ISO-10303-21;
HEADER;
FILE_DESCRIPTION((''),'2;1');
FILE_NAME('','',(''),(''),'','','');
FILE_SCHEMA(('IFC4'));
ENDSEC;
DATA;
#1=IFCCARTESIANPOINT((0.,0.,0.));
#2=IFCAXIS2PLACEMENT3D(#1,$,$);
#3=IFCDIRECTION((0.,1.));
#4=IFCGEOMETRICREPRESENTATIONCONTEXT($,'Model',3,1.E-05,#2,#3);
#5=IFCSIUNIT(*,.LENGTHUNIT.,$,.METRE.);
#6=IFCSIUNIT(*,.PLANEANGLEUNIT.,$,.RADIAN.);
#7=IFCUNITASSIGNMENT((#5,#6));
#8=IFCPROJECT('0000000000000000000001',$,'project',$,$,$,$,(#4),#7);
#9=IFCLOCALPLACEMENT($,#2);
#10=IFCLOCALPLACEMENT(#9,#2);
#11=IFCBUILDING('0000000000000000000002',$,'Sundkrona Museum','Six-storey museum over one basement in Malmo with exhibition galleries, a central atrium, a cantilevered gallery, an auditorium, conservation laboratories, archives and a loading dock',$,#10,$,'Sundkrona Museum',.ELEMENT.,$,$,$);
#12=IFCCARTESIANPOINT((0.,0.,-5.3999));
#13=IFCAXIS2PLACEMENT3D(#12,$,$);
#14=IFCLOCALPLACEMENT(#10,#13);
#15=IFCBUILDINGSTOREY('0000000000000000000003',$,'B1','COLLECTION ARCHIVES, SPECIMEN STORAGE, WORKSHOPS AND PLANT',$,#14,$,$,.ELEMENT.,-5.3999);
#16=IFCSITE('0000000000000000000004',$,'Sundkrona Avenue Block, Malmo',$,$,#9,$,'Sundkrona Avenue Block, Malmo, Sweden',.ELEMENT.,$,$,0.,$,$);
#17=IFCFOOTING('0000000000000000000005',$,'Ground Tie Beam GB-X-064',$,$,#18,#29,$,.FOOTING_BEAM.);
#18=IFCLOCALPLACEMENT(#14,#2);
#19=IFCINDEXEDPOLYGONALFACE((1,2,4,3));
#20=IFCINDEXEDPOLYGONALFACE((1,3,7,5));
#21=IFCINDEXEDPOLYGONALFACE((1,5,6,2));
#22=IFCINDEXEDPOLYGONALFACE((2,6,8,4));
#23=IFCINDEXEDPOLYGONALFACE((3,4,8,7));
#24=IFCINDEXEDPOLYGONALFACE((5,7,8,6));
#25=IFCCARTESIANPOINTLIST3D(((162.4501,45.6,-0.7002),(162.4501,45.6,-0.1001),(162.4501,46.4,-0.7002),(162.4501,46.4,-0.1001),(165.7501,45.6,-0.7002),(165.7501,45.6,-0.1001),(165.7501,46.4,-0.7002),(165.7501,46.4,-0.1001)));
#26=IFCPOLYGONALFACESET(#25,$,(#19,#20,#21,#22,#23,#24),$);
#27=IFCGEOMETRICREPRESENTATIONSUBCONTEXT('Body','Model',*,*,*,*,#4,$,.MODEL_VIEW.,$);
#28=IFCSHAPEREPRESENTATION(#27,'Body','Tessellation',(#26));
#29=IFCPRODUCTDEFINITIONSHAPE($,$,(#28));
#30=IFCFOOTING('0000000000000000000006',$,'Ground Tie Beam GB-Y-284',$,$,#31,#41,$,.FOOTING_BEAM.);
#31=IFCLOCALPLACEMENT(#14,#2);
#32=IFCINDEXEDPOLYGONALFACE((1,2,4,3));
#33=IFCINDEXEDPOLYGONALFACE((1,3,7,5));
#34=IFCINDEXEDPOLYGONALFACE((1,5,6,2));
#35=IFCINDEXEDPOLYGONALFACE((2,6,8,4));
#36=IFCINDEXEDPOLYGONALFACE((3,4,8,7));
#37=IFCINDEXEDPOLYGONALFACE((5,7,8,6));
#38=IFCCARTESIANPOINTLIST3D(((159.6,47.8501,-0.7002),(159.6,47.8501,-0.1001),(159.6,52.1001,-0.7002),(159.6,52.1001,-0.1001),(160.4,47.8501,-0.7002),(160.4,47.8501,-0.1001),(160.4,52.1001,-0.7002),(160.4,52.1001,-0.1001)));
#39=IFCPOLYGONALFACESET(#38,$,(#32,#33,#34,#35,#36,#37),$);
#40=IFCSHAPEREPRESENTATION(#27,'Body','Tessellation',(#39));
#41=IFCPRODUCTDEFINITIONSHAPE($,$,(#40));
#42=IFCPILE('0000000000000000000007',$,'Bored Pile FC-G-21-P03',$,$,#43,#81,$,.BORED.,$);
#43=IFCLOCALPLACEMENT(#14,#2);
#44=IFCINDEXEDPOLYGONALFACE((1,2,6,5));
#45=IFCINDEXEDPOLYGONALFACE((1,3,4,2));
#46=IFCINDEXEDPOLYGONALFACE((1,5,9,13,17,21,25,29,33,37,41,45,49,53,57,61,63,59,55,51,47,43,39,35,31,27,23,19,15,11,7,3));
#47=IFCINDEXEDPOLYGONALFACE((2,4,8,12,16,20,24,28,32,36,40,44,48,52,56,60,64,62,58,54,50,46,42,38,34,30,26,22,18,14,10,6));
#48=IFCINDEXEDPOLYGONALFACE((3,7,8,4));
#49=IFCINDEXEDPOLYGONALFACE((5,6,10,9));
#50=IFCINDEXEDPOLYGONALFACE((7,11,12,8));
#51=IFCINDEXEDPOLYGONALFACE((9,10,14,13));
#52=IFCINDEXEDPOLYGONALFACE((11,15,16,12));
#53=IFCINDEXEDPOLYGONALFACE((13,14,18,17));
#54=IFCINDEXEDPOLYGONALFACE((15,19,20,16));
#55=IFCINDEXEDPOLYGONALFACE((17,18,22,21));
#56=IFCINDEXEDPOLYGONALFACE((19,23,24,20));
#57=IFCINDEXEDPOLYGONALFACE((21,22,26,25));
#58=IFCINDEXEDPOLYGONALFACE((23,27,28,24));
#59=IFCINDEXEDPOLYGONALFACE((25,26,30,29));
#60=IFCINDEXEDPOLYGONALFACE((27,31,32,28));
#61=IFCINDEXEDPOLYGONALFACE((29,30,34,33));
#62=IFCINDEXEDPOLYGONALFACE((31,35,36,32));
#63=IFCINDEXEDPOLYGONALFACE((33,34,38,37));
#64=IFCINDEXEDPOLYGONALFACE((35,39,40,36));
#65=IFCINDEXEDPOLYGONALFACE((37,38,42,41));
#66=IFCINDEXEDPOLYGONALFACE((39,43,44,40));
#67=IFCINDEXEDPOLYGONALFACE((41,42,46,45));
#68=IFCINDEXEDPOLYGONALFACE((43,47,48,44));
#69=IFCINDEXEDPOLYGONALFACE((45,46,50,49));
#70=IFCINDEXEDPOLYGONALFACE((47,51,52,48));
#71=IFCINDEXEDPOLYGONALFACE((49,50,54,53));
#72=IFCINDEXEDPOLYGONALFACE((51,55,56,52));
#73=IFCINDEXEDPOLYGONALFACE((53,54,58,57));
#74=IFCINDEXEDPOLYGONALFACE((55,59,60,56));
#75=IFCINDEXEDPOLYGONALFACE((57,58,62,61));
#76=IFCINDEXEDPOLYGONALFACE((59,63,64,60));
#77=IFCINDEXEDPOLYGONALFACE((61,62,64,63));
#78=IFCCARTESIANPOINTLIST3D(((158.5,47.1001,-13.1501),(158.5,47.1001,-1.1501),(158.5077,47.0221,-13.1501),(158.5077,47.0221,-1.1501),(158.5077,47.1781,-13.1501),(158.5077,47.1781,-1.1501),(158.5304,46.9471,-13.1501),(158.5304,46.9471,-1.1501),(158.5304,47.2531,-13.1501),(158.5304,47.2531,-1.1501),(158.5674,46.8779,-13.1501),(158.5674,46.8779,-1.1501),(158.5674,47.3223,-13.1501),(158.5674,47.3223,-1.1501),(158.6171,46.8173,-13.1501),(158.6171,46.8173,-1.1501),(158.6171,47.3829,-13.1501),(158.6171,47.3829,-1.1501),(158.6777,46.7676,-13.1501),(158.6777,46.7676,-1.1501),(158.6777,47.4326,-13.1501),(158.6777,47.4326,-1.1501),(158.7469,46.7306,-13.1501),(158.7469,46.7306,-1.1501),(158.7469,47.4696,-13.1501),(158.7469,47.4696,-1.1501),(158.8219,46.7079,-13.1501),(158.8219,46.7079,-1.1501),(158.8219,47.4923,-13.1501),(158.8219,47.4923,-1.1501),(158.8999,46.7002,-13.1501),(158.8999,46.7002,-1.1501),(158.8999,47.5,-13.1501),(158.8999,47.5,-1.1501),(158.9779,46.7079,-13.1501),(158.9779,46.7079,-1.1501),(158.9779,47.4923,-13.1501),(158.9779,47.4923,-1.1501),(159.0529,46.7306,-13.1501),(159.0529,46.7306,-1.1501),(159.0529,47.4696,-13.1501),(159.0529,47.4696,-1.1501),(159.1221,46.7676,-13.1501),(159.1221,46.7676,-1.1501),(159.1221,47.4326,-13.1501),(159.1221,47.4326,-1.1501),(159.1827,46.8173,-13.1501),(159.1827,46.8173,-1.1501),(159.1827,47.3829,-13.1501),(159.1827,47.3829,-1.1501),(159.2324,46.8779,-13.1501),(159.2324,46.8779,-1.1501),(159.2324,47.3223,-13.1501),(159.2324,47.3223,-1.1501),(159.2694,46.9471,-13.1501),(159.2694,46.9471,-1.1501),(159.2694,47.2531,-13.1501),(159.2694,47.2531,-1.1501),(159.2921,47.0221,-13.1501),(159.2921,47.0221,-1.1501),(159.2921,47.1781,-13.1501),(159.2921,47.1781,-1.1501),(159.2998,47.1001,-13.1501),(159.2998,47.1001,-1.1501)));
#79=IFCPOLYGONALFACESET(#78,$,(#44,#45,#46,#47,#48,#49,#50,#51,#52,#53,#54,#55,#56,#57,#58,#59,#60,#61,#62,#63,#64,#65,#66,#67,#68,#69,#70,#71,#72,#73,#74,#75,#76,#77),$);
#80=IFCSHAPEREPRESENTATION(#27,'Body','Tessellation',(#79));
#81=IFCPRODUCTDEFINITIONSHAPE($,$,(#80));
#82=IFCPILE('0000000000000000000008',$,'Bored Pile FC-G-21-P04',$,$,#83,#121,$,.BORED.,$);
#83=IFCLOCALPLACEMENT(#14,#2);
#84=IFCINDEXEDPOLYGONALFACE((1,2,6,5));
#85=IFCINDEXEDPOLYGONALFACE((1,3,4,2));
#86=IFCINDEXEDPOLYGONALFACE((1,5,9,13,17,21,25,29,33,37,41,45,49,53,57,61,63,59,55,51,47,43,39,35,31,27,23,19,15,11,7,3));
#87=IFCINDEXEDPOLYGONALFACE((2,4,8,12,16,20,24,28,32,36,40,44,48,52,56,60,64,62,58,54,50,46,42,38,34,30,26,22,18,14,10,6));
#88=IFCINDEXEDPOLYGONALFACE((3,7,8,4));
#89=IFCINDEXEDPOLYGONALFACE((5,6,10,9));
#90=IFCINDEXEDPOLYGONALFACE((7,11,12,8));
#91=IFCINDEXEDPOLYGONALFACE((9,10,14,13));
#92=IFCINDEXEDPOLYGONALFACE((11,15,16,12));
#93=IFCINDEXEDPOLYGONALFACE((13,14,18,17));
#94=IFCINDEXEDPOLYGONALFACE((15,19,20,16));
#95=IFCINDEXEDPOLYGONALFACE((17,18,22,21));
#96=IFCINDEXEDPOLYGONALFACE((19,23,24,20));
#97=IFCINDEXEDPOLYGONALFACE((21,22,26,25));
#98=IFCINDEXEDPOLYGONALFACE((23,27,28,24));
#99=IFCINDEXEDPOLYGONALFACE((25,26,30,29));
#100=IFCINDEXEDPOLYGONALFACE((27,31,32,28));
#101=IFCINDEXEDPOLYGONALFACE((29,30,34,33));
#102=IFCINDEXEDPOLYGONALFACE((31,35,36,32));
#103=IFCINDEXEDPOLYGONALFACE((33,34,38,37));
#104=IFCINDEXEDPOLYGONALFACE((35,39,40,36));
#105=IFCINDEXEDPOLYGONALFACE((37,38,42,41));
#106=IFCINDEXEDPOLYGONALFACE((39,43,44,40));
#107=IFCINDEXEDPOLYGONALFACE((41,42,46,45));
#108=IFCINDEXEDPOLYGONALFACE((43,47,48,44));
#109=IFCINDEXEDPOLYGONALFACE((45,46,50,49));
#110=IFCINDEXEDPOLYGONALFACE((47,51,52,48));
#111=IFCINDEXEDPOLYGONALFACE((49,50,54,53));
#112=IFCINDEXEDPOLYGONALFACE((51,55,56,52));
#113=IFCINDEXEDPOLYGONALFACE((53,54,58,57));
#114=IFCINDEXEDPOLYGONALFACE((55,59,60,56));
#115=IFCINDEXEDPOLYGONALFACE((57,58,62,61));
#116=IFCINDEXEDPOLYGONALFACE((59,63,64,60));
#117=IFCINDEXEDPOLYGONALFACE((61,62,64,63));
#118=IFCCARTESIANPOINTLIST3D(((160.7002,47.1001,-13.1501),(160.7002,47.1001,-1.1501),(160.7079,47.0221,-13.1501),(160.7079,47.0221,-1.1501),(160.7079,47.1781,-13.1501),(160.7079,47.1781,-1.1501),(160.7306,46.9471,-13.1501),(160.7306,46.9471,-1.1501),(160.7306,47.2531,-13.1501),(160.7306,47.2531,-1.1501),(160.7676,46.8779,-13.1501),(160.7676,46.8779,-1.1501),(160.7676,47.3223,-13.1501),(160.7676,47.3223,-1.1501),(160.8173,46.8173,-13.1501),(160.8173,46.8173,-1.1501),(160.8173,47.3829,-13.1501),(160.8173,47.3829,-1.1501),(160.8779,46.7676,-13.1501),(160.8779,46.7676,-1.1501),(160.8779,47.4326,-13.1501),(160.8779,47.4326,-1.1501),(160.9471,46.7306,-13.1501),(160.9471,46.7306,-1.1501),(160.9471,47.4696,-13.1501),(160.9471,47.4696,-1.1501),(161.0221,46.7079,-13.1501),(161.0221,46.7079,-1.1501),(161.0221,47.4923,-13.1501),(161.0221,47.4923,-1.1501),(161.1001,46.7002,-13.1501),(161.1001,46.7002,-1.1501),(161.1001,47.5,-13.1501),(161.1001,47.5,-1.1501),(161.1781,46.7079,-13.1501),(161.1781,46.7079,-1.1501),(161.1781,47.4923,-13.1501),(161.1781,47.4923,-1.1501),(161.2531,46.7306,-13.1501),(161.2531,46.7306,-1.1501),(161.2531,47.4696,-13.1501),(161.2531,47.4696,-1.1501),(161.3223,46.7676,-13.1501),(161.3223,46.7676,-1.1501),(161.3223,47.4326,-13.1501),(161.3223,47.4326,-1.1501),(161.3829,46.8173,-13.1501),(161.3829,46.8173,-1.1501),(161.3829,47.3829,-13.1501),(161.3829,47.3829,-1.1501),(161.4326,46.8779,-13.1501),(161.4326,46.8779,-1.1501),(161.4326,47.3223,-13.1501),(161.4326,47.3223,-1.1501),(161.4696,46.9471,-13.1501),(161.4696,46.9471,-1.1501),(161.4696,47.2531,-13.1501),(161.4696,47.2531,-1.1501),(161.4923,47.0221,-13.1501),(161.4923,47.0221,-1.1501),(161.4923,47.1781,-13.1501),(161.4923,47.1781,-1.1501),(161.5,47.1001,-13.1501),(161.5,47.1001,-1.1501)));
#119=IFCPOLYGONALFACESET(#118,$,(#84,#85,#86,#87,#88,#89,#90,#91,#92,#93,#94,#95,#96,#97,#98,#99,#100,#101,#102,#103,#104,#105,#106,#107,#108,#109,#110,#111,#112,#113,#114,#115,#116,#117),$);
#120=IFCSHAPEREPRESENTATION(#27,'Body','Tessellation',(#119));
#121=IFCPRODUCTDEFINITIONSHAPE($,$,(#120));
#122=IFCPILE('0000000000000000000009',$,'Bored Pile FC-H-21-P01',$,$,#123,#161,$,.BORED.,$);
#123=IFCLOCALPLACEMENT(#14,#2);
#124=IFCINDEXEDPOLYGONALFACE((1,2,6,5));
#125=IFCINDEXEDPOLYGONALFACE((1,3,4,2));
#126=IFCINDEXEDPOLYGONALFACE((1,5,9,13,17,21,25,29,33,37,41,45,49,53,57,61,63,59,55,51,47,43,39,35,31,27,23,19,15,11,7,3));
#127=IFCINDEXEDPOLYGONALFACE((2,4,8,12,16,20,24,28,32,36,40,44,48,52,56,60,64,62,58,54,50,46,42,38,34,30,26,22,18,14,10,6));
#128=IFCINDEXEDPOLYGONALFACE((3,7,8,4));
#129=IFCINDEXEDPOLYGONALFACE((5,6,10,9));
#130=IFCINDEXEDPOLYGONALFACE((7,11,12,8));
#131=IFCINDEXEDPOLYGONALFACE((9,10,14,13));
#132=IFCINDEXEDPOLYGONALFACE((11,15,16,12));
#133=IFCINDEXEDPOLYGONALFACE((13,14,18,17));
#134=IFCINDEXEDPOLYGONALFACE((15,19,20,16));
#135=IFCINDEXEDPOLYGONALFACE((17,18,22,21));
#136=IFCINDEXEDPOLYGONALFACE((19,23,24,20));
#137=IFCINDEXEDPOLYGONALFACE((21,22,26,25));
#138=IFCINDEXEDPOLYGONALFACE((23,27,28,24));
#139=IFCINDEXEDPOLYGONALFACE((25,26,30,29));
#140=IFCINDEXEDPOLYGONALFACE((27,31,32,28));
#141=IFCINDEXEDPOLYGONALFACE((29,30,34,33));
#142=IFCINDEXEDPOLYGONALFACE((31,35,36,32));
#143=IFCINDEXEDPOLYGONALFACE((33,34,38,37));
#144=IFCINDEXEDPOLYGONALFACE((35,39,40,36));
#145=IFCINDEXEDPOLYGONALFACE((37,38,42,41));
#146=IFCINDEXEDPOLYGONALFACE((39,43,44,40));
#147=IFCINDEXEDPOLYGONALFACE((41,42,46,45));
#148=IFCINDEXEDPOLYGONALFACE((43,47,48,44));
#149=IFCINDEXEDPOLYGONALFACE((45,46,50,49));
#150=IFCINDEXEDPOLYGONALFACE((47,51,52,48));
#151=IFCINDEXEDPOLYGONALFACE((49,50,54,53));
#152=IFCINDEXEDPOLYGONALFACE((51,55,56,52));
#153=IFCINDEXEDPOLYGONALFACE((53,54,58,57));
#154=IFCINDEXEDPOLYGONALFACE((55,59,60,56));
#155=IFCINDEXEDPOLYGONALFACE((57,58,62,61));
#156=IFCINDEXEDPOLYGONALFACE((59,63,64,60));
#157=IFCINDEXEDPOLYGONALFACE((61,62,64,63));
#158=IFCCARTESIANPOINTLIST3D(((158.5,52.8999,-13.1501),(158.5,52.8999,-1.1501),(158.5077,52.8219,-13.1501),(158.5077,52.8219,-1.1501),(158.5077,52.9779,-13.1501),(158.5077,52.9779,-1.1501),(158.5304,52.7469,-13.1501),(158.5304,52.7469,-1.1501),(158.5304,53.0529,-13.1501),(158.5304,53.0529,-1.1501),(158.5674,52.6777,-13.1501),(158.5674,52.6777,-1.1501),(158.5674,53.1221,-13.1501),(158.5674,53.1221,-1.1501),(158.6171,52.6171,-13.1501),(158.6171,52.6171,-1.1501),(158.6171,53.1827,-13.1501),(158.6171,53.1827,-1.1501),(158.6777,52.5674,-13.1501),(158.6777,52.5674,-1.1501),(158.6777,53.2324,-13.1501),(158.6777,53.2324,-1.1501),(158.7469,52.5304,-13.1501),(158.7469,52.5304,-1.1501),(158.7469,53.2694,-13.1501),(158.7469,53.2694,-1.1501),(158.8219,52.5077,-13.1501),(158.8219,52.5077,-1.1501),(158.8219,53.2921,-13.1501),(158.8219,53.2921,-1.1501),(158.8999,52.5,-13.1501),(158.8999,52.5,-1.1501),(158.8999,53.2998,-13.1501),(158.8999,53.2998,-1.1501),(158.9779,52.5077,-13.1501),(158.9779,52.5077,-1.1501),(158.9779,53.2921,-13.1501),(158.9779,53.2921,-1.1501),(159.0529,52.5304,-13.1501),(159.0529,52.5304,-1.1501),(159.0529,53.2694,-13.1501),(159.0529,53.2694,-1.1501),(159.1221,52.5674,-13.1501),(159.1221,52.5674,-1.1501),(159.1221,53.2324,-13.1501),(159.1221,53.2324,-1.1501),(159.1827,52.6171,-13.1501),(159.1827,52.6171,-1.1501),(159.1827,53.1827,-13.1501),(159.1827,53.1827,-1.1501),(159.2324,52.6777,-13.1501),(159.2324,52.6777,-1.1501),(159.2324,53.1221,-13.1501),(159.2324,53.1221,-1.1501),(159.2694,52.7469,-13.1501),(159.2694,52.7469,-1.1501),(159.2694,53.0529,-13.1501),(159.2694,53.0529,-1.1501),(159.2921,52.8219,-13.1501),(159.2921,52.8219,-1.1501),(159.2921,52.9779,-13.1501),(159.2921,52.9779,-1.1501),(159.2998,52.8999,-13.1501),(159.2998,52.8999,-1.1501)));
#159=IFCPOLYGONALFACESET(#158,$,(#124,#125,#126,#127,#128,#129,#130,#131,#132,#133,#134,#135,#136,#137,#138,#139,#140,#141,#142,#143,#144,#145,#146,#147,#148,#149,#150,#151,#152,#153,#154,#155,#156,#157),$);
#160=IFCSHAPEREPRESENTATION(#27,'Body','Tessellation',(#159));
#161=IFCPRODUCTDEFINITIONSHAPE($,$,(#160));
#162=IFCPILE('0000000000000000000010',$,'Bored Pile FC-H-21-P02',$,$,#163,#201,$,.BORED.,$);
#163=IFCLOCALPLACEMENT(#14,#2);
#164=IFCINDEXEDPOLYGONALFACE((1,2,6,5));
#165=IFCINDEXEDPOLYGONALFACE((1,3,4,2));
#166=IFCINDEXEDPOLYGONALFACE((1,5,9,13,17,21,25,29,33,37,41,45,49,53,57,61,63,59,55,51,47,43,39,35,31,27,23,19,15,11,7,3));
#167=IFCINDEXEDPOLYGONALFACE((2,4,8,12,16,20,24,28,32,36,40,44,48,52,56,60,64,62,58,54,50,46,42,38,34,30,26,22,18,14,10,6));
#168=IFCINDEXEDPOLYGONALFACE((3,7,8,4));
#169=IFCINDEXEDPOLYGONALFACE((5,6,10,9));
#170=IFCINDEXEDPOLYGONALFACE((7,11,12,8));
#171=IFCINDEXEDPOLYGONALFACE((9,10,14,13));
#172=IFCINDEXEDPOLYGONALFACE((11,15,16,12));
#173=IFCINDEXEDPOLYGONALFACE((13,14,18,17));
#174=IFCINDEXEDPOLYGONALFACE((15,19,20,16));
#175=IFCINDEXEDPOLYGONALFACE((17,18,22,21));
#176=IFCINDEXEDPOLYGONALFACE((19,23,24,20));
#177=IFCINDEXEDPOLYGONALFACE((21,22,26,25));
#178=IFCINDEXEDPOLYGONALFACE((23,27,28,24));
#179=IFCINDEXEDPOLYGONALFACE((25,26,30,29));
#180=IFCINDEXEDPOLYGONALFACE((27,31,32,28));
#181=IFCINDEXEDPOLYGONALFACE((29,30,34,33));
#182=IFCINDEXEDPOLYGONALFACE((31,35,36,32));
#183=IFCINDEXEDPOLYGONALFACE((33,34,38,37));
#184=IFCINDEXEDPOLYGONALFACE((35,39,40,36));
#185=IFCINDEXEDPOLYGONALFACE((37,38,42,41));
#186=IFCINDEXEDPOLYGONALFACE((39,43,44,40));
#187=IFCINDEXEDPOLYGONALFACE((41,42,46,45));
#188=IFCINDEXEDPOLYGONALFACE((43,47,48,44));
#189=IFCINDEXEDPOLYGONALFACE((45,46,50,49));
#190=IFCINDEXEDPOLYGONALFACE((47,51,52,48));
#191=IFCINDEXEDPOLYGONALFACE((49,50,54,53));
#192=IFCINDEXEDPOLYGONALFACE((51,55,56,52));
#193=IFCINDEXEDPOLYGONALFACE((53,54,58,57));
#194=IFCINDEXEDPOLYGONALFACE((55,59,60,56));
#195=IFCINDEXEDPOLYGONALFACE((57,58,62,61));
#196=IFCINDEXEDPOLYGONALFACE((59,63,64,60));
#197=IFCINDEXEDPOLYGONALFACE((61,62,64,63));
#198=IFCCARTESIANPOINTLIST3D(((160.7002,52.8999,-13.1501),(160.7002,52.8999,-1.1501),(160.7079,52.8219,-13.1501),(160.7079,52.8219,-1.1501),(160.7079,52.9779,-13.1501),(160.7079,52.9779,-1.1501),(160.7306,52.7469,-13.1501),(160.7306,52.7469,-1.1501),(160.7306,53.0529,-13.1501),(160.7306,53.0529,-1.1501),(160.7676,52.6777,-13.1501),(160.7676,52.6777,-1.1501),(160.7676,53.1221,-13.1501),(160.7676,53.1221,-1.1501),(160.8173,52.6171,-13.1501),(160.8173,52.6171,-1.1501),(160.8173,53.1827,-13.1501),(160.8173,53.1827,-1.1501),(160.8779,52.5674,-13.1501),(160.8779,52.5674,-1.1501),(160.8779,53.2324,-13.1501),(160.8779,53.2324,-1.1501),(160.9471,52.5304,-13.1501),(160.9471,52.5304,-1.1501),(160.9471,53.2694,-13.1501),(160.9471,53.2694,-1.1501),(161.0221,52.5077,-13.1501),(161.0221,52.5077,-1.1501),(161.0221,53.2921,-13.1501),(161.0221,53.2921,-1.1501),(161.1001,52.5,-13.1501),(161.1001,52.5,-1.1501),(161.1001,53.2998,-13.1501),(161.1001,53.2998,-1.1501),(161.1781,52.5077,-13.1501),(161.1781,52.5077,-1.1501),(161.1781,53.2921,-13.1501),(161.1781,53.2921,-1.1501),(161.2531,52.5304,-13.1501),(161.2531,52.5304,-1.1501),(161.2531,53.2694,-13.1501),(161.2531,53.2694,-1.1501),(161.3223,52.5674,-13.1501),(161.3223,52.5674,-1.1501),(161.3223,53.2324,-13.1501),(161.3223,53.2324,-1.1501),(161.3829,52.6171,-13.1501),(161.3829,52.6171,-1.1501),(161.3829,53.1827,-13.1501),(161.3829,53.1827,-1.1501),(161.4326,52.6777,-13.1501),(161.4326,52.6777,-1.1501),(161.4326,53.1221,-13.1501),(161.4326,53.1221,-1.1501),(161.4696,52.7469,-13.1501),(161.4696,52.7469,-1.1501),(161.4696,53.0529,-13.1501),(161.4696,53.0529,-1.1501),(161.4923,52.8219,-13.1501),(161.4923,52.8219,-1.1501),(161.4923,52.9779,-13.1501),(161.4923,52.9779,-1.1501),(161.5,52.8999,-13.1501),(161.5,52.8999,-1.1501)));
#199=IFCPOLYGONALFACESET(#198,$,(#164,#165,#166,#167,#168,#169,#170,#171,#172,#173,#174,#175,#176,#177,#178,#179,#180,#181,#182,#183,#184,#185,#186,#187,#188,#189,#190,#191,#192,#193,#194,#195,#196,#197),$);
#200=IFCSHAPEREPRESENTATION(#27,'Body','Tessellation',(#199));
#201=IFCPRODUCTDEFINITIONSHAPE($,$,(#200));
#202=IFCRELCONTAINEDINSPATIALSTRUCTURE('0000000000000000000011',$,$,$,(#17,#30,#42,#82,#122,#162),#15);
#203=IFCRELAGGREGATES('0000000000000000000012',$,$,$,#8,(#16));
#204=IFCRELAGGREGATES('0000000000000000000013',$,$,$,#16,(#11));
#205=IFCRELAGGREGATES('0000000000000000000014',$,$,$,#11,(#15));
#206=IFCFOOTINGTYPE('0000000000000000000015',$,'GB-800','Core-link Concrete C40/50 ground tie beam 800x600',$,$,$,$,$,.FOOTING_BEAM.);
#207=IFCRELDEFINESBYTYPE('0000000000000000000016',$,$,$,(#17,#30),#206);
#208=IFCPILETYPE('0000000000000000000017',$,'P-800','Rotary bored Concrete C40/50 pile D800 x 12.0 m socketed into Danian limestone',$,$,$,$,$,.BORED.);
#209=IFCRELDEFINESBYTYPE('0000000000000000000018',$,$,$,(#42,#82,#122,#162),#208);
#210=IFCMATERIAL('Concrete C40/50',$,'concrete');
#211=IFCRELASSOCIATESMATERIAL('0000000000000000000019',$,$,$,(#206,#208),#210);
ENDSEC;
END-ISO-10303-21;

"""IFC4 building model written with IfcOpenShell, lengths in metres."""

from ifc_helpers import new_model, si_unit, direction, frame, origin, origin_2d, place, context, subcontext, project, spatial, rectangle, circle, extrude, material, material_profile, profile_set, type_object, element, save


model = new_model("IFC4")

# Units and contexts
model_context = context("Model", 3, precision=1e-05, world=origin(), true_north=direction((0.0, 1.0)))
body_context = subcontext(model_context, "Body", "Model", "MODEL_VIEW")
ifc_project = project(units=[si_unit("LENGTHUNIT", "METRE"), si_unit("PLANEANGLEUNIT", "RADIAN")], contexts=[model_context])

# Site, building, storey
site_placement = place(None, origin())
site = spatial("IfcSite", under=ifc_project, at=site_placement, Name="Sundkrona Avenue Block, Malmo", LongName="Sundkrona Avenue Block, Malmo, Sweden", CompositionType="ELEMENT", RefElevation=0.0)
building_placement = place(site_placement, origin())
building = spatial("IfcBuilding", under=site, at=building_placement, Name="Sundkrona Museum", Description="Six-storey museum over one basement in Malmo with exhibition galleries, a central atrium, a cantilevered gallery, an auditorium, conservation laboratories, archives and a loading dock", LongName="Sundkrona Museum", CompositionType="ELEMENT")
storey_placement = place(building_placement, frame((0.0, 0.0, -5.3999)))
storey = spatial("IfcBuildingStorey", under=building, at=storey_placement, Name="B1", Description="COLLECTION ARCHIVES, SPECIMEN STORAGE, WORKSHOPS AND PLANT", CompositionType="ELEMENT", Elevation=-5.3999)

# Footings
ifc_material_1 = material(Name="Concrete C40/50", Category="concrete")
footing_type_1 = type_object("IfcFootingType", Name="GB-800", Description="Core-link Concrete C40/50 ground tie beam 800x600", PredefinedType="FOOTING_BEAM", material=ifc_material_1)
footing_1_placement = place(storey_placement, frame((164.1001, 46.0, -0.7002), z_axis=(0.0, 0.0, 1.0), x_axis=(1.0, 0.0, 0.0)))
element("IfcFooting", 1, at=footing_1_placement, inside=storey, type_object=footing_type_1, Name="Ground Tie Beam GB-X-064", PredefinedType="FOOTING_BEAM", context=body_context, shape_type="SweptSolid", body=[
    extrude(rectangle(XDim=3.3, YDim=0.8, at=origin_2d()), origin(), (0.0, 0.0, 1.0), 0.6001),
])
footing_2_placement = place(storey_placement, frame((160.0, 49.9751, -0.7002), z_axis=(0.0, 0.0, 1.0), x_axis=(0.0, 1.0, 0.0)))
element("IfcFooting", 2, at=footing_2_placement, inside=storey, type_object=footing_type_1, Name="Ground Tie Beam GB-Y-284", PredefinedType="FOOTING_BEAM", context=body_context, shape_type="SweptSolid", body=[
    extrude(rectangle(XDim=4.25, YDim=0.8, at=origin_2d()), origin(), (0.0, 0.0, 1.0), 0.6001),
])

# Piles
ifc_material_profile_1 = material_profile(ifc_material_1, circle(Radius=0.3999, at=origin_2d()), Name="PILE D800")
ifc_profile_set_1 = profile_set([ifc_material_profile_1], Name="Concrete C40/50")
pile_type = type_object("IfcPileType", Name="P-800", Description="Rotary bored Concrete C40/50 pile D800 x 12.0 m socketed into Danian limestone", PredefinedType="BORED", material=ifc_profile_set_1)
for number, where, z_axis, x_axis, name in (
    (3, (158.8999, 47.1001, -1.1501), (0.0, 0.0, -1.0), (1.0, 0.0, 0.0), "Bored Pile FC-G-21-P03"),
    (4, (161.1001, 47.1001, -1.1501), (0.0, 0.0, -1.0), (1.0, 0.0, 0.0), "Bored Pile FC-G-21-P04"),
    (5, (158.8999, 52.8999, -1.1501), (0.0, 0.0, -1.0), (1.0, 0.0, 0.0), "Bored Pile FC-H-21-P01"),
    (6, (161.1001, 52.8999, -1.1501), (0.0, 0.0, -1.0), (1.0, 0.0, 0.0), "Bored Pile FC-H-21-P02"),
):
    element("IfcPile", number, at=place(storey_placement, frame(where, z_axis=z_axis, x_axis=x_axis)), inside=storey, type_object=pile_type, Name=name, PredefinedType="BORED", context=body_context, shape_type="SweptSolid", body=[
        extrude(circle(Radius=0.3999, at=origin_2d()), origin(), (0.0, 0.0, 1.0), 12.0),
    ])

save(model, "model.ifc")
